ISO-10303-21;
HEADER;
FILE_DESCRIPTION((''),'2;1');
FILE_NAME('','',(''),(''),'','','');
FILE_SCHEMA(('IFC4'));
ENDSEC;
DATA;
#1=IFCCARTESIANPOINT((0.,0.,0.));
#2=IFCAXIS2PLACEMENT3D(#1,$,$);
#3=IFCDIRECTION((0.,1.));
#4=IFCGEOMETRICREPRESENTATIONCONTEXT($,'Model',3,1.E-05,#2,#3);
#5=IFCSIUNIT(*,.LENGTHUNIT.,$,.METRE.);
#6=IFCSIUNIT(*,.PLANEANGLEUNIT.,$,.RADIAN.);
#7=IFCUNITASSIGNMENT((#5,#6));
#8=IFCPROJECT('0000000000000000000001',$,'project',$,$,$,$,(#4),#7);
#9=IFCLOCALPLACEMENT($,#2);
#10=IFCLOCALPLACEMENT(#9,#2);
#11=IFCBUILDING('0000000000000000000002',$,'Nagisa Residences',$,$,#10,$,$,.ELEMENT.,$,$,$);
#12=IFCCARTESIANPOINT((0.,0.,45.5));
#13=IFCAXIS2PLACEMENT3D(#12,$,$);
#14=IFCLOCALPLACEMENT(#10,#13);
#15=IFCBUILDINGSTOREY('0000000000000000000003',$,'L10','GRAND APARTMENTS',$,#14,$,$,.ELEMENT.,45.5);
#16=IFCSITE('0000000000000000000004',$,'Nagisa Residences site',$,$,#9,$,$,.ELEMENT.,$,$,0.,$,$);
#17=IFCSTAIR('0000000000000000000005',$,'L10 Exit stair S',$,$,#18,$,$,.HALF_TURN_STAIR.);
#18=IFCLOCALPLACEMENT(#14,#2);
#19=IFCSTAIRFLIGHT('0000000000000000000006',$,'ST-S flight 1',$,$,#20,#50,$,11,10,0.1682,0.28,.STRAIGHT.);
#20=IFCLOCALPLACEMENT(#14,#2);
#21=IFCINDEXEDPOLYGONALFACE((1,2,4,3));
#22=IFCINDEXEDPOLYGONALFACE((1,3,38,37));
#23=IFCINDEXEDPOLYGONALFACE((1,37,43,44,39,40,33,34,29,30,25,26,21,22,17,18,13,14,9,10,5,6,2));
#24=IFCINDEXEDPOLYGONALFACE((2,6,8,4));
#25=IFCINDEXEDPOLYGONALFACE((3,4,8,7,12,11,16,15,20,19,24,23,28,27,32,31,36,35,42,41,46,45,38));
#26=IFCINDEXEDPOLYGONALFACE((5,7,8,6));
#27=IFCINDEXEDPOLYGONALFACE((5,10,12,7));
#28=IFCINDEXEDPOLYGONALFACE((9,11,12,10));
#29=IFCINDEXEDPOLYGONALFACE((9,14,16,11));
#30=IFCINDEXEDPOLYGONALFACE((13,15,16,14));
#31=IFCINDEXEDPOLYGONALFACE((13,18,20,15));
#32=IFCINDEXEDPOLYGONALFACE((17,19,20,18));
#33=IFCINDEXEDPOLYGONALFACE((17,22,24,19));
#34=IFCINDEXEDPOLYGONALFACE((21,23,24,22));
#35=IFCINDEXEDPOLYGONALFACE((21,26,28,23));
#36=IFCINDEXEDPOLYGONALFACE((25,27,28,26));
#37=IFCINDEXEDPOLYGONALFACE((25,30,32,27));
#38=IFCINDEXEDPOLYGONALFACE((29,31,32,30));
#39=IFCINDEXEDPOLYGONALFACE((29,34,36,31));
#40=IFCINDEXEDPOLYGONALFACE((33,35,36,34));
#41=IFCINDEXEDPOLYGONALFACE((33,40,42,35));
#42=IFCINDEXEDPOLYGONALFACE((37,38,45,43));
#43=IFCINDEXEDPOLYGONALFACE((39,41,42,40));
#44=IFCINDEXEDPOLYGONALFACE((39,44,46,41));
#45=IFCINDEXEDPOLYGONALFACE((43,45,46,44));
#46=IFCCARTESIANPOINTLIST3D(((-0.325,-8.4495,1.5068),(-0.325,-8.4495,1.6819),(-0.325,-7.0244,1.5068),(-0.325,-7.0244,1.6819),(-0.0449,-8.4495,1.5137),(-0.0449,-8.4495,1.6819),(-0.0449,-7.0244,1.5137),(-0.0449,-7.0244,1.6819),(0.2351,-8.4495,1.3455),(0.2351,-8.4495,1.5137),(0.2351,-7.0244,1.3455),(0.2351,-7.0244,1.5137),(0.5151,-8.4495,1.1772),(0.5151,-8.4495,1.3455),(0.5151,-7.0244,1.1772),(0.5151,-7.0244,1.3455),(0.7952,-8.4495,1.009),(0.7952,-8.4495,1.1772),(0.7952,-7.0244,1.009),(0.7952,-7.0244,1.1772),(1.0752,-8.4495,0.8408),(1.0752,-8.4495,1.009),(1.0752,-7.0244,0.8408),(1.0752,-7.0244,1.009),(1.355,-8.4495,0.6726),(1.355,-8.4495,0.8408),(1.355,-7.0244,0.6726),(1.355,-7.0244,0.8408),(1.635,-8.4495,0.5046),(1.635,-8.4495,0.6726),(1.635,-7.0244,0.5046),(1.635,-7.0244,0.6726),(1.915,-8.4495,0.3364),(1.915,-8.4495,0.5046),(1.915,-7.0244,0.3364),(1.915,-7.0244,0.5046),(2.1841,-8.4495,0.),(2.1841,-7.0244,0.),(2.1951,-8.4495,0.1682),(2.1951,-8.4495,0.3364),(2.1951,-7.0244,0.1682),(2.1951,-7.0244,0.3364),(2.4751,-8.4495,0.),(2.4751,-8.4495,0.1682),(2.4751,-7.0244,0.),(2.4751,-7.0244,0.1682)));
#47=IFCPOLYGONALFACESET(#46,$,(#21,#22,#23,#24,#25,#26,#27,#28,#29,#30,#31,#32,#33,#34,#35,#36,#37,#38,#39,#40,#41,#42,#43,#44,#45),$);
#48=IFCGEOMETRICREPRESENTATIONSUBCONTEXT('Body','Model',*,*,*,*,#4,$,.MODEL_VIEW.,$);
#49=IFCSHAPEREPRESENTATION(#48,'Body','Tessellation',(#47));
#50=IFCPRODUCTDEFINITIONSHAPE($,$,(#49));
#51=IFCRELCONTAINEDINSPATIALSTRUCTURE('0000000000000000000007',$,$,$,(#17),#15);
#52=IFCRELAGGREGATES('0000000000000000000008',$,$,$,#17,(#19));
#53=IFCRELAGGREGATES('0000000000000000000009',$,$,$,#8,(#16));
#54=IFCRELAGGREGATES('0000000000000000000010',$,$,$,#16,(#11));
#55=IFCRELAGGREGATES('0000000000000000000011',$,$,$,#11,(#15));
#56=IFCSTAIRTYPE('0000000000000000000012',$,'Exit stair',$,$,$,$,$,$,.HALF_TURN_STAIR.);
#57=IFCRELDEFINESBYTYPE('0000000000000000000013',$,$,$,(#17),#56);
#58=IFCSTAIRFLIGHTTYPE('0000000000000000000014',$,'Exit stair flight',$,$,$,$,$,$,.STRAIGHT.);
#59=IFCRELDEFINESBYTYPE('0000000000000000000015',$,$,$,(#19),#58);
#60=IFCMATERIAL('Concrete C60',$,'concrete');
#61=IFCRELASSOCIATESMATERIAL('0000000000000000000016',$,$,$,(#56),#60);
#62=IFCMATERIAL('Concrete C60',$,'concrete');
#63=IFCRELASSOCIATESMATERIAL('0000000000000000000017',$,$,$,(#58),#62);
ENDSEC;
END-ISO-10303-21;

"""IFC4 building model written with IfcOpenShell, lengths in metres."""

from ifc_helpers import new_model, si_unit, direction, frame, origin, place, context, subcontext, project, spatial, polyline, outline, extrude, material, type_object, element, aggregate, save


model = new_model("IFC4")

# Units and contexts
model_context = context("Model", 3, precision=1e-05, world=origin(), true_north=direction((0.0, 1.0)))
body_context = subcontext(model_context, "Body", "Model", "MODEL_VIEW")
ifc_project = project(units=[si_unit("LENGTHUNIT", "METRE"), si_unit("PLANEANGLEUNIT", "RADIAN")], contexts=[model_context])

# Site, building, storey
site_placement = place(None, origin())
site = spatial("IfcSite", under=ifc_project, at=site_placement, Name="Nagisa Residences site", CompositionType="ELEMENT", RefElevation=0.0)
building_placement = place(site_placement, origin())
building = spatial("IfcBuilding", under=site, at=building_placement, Name="Nagisa Residences", CompositionType="ELEMENT")
storey_placement = place(building_placement, frame((0.0, 0.0, 45.5)))
storey = spatial("IfcBuildingStorey", under=building, at=storey_placement, Name="L10", Description="GRAND APARTMENTS", CompositionType="ELEMENT", Elevation=45.5)

# Stair, stair flight
ifc_material_1 = material(Name="Concrete C60", Category="concrete")
stair_type = type_object("IfcStairType", Name="Exit stair", PredefinedType="HALF_TURN_STAIR", material=ifc_material_1)
stair_placement = place(storey_placement, origin())
stair = element("IfcStair", 1, at=stair_placement, inside=storey, type_object=stair_type, Name="L10 Exit stair S", PredefinedType="HALF_TURN_STAIR")
ifc_material_2 = material(Name="Concrete C60", Category="concrete")
stair_flight_type = type_object("IfcStairFlightType", Name="Exit stair flight", PredefinedType="STRAIGHT", material=ifc_material_2)
stair_flight_placement = place(storey_placement, frame((2.4751, -7.7371, 0.0), z_axis=(0.0, 0.0, 1.0), x_axis=(-1.0, 0.0, 0.0)))
stair_flight = element("IfcStairFlight", 2, at=stair_flight_placement, type_object=stair_flight_type, Name="ST-S flight 1", NumberOfRisers=11, NumberOfTreads=10, PredefinedType="STRAIGHT", RiserHeight=0.1682, TreadLength=0.28, context=body_context, shape_type="SweptSolid", body=[
    extrude(outline(polyline([(0.0, 0.0), (0.0, 0.1682), (0.28, 0.1682), (0.28, 0.3364), (0.5601, 0.3364), (0.5601, 0.5046), (0.8401, 0.5046), (0.8401, 0.6726), (1.1201, 0.6726), (1.1201, 0.8408), (1.3999, 0.8408), (1.3999, 1.009), (1.6799, 1.009), (1.6799, 1.1772), (1.96, 1.1772), (1.96, 1.3455), (2.24, 1.3455), (2.24, 1.5137), (2.52, 1.5137), (2.52, 1.6819), (2.8, 1.6819), (2.8, 1.8501), (2.8, 1.5068), (0.291, 0.0), (0.0, 0.0)])), frame((0.0, 0.7124, 0.0), z_axis=(0.0, -1.0, 0.0), x_axis=(1.0, 0.0, 0.0)), (0.0, 0.0, 1.0), 1.425),
])
aggregate(stair, [stair_flight])

save(model, "model.ifc")
